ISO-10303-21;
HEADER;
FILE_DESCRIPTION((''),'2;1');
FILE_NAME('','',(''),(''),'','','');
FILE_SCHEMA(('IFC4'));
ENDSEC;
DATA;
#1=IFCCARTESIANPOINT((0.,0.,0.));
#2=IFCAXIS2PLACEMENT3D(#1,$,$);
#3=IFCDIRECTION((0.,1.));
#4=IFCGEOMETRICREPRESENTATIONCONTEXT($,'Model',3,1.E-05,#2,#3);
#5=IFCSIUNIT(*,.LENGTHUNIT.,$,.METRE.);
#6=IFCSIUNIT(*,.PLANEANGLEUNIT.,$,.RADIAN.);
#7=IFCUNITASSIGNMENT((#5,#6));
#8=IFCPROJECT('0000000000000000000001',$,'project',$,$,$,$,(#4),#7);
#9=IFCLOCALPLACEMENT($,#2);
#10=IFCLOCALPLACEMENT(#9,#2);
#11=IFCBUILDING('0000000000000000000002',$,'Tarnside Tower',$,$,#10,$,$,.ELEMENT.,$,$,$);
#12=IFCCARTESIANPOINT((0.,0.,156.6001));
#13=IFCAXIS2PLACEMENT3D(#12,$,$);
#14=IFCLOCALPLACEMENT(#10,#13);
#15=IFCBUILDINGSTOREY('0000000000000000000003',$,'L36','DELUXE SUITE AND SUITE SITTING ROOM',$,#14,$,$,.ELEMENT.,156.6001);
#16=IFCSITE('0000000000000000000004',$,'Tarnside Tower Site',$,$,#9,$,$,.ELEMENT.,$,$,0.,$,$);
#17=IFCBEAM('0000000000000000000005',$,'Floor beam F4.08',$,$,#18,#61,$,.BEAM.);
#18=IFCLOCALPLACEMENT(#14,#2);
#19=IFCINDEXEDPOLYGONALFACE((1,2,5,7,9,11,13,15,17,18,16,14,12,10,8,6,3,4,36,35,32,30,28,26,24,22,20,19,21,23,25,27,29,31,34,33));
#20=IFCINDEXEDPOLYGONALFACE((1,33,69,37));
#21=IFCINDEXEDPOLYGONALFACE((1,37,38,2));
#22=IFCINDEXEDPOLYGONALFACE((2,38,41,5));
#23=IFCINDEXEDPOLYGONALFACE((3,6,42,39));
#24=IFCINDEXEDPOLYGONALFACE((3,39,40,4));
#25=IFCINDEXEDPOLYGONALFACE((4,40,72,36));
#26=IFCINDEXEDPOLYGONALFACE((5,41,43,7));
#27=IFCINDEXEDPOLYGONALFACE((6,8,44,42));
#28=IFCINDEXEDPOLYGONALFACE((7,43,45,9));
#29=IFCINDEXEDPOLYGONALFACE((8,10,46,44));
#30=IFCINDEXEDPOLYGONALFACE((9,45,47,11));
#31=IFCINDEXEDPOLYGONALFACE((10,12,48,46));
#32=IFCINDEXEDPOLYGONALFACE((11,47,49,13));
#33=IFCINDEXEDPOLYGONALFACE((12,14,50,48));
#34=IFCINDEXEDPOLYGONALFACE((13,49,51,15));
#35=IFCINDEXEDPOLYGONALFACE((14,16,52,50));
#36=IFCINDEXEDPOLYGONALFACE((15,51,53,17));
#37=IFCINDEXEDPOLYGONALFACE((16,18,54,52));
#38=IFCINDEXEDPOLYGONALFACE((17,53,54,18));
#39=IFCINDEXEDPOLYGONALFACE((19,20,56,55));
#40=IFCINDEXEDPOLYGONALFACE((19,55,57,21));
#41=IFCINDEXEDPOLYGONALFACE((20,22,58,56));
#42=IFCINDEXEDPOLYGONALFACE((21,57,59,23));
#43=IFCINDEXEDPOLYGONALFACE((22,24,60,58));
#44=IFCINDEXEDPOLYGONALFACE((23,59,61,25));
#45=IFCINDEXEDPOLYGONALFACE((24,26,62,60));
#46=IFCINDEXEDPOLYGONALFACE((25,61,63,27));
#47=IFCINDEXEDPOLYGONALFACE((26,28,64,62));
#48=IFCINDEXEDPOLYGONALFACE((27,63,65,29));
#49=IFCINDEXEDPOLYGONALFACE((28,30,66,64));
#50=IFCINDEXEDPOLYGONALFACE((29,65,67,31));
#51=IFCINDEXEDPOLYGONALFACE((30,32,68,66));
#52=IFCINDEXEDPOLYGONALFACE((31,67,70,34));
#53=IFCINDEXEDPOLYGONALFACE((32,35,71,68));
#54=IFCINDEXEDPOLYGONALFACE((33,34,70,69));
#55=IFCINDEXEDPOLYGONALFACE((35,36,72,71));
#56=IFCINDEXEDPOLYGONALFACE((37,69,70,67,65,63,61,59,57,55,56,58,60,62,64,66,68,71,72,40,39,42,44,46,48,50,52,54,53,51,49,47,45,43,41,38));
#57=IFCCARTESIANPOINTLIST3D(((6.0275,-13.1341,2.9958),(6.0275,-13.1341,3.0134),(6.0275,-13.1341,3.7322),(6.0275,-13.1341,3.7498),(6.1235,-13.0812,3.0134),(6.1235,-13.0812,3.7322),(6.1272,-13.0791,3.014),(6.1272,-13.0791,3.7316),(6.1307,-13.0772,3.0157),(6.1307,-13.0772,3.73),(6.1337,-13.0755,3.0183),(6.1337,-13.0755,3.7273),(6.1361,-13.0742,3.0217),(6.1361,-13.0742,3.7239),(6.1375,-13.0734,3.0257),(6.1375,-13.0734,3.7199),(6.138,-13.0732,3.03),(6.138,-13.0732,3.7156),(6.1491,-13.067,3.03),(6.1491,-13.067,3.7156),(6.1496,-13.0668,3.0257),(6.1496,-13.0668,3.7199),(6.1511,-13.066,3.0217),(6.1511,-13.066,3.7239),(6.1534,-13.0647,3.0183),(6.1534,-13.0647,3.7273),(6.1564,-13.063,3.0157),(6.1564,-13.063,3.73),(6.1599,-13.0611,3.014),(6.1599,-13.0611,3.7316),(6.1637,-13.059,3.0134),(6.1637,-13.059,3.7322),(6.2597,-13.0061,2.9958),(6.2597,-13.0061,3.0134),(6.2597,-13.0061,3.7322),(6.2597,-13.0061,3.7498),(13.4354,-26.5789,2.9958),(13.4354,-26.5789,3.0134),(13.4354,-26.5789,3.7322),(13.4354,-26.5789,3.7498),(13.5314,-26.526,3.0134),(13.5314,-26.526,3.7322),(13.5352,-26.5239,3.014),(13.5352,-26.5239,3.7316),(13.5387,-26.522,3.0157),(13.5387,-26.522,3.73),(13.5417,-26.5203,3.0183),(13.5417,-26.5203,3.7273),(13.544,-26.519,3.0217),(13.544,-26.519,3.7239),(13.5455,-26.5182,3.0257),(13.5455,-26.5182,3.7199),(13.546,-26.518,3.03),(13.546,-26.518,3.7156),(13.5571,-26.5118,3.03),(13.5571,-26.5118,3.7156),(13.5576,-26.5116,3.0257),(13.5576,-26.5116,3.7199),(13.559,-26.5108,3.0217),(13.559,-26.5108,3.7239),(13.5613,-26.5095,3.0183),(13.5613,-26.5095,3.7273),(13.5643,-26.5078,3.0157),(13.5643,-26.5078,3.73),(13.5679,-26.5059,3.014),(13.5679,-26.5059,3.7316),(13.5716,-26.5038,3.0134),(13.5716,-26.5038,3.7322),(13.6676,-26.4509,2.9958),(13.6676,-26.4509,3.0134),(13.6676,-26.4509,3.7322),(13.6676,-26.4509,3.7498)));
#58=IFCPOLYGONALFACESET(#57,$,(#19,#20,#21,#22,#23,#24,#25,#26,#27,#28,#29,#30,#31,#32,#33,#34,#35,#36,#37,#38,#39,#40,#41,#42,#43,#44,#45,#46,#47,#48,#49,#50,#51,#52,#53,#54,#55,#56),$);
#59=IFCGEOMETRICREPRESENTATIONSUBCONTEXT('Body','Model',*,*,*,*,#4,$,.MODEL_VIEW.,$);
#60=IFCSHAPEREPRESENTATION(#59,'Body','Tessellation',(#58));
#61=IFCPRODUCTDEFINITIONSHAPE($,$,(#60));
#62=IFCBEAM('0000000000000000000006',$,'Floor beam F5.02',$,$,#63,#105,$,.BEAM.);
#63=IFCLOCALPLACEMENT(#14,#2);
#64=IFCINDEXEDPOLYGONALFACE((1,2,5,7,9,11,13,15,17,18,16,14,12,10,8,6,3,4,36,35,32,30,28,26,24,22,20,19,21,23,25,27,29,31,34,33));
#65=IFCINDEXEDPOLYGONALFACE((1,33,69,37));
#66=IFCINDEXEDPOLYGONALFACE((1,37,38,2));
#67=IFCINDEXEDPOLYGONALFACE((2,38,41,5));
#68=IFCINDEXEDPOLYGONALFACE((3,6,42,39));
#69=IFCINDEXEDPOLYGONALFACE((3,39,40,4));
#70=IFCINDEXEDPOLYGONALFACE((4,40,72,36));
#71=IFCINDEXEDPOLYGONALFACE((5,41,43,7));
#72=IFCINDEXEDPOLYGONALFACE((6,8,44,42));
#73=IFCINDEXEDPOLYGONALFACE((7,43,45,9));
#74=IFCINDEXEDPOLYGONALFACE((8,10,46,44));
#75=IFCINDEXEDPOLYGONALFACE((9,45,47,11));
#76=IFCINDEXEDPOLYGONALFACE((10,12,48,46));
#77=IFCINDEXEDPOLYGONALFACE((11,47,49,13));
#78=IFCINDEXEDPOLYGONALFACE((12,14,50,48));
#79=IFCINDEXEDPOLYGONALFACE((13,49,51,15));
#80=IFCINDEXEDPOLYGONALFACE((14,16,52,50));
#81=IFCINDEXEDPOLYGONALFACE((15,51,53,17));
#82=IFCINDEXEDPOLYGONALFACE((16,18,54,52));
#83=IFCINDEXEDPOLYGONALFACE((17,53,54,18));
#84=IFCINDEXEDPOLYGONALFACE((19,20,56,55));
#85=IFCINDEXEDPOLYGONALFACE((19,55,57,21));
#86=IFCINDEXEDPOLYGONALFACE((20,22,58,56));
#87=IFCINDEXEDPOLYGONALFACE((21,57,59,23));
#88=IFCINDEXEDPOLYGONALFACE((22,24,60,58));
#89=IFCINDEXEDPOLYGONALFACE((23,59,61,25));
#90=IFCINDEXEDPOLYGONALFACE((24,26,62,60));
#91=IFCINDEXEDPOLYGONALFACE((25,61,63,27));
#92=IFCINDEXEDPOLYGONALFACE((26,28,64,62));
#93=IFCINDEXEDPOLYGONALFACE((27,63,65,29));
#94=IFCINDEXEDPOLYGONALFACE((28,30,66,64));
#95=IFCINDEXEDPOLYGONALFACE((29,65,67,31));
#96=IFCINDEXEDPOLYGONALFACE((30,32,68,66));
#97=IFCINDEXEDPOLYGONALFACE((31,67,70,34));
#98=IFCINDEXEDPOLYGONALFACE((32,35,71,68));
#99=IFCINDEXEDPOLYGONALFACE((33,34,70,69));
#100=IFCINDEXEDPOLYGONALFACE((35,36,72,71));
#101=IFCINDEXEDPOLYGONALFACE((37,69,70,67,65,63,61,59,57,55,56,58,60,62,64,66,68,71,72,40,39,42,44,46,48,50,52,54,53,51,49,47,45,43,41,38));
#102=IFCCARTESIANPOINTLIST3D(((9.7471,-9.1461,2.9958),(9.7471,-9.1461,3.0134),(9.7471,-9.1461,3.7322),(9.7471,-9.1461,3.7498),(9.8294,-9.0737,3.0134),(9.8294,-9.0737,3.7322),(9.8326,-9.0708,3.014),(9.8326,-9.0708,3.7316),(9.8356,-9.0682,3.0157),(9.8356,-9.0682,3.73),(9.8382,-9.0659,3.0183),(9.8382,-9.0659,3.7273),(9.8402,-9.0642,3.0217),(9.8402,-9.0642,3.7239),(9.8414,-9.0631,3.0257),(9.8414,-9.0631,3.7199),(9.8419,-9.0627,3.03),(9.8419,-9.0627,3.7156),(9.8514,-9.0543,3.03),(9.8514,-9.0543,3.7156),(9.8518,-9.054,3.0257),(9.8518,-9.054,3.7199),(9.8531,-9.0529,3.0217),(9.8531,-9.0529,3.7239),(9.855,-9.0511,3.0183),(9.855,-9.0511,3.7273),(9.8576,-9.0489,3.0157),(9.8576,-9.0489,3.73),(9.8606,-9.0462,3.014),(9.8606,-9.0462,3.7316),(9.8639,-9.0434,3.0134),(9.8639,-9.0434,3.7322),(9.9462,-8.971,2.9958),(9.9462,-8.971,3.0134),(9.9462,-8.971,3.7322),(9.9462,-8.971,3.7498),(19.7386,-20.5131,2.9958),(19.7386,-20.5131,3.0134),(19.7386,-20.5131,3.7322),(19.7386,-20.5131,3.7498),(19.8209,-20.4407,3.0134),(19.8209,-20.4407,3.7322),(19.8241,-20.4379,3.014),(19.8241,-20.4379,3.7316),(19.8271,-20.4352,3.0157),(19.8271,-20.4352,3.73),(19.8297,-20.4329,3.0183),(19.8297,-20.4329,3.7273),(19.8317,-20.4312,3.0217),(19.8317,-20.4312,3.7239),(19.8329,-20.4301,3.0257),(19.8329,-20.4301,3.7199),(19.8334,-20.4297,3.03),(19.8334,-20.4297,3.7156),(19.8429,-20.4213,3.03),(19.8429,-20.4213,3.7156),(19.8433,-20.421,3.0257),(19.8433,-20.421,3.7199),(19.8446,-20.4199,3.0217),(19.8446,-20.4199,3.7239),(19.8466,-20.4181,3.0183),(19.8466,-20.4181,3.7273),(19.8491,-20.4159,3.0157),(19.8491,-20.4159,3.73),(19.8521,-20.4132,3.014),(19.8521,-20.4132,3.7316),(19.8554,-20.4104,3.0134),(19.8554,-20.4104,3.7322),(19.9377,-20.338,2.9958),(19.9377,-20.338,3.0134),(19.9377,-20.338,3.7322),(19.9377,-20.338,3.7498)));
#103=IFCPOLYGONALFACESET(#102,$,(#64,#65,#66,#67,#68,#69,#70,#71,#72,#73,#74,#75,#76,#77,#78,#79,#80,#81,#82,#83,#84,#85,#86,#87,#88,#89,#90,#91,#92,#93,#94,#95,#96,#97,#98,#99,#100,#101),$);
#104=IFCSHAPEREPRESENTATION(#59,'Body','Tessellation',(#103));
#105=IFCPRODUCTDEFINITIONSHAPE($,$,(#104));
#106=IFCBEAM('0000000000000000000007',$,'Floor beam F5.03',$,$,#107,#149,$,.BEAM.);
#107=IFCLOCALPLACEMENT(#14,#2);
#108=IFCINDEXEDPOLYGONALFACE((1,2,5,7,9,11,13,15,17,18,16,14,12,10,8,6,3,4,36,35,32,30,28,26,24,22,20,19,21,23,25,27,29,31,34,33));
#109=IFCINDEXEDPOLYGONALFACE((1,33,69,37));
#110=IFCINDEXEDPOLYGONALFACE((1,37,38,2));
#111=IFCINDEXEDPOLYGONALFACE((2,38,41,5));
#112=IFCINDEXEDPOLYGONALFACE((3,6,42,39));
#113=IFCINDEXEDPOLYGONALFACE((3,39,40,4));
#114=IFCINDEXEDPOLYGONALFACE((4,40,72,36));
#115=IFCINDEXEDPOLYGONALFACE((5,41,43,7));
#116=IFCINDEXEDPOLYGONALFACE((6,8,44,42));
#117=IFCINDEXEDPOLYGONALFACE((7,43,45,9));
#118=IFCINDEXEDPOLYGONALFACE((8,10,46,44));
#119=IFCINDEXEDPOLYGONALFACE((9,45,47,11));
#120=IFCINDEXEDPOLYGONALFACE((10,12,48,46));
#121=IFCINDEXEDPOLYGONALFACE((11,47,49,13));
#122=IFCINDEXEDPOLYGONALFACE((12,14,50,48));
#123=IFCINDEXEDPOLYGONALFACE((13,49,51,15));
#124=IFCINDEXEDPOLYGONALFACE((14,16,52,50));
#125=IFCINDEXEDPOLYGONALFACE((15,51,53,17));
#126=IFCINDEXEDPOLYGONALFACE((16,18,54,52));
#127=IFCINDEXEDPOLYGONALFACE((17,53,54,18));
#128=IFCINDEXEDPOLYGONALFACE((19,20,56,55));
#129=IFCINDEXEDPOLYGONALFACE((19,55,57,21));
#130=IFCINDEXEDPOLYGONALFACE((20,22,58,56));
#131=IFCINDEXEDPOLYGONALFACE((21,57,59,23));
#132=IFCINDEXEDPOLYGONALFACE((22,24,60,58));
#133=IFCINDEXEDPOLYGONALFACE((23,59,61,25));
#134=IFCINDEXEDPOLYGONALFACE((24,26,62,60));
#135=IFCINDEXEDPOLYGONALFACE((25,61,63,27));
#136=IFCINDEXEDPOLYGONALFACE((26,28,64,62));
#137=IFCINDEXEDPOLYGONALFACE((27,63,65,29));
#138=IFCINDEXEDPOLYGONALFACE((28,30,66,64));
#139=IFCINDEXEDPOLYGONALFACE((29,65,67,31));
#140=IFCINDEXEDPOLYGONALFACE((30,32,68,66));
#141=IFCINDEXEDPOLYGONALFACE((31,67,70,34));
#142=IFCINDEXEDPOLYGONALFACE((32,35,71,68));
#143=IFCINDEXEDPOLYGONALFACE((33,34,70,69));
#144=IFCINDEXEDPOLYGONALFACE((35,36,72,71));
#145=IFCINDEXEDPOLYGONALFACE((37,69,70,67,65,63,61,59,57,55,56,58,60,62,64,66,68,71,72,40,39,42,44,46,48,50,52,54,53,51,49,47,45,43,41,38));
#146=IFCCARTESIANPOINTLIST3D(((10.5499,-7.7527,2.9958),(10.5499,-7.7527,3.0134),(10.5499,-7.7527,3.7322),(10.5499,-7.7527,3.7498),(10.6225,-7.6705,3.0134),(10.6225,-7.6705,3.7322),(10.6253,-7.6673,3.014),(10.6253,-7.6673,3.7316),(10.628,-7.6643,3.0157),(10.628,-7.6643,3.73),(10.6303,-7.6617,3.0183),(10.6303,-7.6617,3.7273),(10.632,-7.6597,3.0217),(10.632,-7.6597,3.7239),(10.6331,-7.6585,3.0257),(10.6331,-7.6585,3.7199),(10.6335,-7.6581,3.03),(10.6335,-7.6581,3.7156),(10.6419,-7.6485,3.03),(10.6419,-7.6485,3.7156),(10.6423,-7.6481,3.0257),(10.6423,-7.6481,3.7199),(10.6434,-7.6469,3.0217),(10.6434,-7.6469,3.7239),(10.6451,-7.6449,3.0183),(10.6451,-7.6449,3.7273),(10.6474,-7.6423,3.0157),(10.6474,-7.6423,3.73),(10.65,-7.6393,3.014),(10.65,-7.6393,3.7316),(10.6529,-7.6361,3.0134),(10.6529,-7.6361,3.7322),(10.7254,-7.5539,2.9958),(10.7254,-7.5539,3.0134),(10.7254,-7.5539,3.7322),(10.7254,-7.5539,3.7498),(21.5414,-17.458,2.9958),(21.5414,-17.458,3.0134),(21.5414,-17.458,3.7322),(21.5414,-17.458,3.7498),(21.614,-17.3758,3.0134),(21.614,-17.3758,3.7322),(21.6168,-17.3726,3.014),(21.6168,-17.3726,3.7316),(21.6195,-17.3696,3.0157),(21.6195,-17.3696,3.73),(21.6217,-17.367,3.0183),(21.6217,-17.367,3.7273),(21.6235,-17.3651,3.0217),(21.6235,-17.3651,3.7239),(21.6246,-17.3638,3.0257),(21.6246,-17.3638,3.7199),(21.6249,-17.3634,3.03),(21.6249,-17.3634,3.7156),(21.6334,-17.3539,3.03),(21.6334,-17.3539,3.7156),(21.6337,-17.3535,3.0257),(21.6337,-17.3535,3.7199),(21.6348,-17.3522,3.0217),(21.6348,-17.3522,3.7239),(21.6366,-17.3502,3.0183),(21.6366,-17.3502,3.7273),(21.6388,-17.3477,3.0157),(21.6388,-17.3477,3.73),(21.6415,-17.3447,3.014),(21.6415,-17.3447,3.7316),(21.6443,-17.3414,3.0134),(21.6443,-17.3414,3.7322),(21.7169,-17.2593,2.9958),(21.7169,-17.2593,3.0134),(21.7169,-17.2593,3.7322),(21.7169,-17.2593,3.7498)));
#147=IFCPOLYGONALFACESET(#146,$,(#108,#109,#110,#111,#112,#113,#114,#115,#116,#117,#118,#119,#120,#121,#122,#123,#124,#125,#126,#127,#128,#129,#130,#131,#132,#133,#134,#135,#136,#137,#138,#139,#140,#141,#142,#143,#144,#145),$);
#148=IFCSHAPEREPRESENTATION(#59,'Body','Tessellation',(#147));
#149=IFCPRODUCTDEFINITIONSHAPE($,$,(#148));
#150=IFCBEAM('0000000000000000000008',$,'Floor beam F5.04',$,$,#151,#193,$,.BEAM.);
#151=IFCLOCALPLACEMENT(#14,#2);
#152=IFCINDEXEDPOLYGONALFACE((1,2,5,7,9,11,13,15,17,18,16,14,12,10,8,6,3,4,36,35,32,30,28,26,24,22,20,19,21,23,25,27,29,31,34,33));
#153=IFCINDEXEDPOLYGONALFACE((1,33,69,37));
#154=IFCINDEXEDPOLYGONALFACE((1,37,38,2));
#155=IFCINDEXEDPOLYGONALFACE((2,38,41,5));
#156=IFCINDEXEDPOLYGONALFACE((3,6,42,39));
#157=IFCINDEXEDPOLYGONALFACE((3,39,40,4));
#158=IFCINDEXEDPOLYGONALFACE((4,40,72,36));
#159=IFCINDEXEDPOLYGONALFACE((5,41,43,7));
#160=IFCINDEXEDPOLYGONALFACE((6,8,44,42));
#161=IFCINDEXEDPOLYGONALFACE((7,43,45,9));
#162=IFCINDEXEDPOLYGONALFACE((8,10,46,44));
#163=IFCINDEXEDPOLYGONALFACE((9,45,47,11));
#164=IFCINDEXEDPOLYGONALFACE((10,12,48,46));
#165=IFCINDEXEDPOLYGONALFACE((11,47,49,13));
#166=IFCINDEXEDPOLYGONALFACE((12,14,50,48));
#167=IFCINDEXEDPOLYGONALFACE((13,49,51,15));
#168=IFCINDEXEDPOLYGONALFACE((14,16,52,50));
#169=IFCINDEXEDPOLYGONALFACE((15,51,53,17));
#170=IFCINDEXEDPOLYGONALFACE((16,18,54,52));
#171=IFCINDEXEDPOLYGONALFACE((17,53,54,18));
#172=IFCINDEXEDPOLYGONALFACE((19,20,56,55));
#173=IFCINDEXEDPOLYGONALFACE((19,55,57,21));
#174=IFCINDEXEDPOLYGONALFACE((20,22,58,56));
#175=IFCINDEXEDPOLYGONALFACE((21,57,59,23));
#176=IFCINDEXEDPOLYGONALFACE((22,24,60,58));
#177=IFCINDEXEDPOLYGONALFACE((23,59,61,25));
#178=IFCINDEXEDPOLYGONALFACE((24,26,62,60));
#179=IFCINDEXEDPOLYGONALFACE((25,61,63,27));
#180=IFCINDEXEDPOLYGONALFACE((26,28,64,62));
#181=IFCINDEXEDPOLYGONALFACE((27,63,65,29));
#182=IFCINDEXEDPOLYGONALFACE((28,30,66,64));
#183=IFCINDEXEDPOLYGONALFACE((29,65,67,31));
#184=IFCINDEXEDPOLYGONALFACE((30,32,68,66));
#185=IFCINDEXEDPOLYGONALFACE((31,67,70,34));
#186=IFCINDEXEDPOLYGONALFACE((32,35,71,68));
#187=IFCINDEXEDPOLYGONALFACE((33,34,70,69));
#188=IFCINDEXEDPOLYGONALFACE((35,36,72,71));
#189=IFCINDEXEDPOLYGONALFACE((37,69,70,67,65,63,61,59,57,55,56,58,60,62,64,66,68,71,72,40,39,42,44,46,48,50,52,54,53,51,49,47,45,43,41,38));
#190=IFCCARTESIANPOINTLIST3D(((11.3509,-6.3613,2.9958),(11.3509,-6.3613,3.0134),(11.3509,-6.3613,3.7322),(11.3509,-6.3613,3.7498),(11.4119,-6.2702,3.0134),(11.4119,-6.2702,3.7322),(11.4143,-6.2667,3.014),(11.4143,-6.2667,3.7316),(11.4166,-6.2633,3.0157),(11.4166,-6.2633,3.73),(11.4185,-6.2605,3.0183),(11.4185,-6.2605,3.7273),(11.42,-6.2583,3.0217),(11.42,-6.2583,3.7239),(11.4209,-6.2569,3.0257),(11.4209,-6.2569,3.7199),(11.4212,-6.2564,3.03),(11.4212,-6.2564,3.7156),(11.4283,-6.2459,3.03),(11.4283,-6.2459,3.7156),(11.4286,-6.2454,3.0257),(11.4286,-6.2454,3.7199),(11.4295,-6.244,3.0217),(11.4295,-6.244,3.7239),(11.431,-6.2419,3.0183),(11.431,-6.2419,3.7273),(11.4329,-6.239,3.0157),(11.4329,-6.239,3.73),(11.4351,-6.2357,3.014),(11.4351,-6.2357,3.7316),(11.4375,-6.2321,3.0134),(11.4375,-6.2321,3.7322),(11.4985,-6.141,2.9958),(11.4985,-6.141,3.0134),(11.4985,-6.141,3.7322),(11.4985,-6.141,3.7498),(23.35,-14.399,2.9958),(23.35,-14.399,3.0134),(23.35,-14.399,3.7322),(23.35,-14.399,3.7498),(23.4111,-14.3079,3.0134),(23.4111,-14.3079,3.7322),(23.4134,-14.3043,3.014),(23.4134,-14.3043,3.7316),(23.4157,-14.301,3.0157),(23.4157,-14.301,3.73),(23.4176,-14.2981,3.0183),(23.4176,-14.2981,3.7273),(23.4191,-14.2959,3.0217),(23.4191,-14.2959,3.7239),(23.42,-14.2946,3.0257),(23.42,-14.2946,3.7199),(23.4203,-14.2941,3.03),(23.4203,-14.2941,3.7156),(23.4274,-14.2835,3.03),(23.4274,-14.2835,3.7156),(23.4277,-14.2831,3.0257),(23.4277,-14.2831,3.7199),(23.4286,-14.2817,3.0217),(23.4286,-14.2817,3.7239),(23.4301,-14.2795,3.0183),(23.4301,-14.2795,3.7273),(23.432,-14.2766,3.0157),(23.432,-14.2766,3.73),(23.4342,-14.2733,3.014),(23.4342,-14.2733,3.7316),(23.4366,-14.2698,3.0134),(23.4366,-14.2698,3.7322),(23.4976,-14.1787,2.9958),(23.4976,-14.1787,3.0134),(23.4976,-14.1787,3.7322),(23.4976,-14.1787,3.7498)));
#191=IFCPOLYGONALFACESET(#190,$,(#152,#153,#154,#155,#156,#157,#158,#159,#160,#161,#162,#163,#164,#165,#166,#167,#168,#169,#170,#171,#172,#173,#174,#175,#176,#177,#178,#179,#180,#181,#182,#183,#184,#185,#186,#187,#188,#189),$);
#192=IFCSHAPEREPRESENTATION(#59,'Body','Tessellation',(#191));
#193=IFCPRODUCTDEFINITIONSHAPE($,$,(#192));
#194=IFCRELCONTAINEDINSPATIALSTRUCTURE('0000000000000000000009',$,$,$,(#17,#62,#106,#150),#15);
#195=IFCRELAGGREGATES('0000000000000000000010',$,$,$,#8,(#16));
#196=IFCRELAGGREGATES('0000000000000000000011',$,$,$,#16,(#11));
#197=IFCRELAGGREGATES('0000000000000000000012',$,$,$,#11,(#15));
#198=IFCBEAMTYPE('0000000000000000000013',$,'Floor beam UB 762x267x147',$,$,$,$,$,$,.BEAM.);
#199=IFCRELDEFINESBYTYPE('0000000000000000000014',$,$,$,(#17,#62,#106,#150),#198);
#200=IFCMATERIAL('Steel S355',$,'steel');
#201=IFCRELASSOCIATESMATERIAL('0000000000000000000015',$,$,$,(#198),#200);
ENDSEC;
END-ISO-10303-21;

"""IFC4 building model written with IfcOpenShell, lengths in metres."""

from ifc_helpers import new_model, si_unit, direction, frame, origin, origin_2d, place, context, subcontext, project, spatial, i_section, extrude, material, material_profile, profile_set, type_object, element, save


model = new_model("IFC4")

# Units and contexts
model_context = context("Model", 3, precision=1e-05, world=origin(), true_north=direction((0.0, 1.0)))
body_context = subcontext(model_context, "Body", "Model", "MODEL_VIEW")
ifc_project = project(units=[si_unit("LENGTHUNIT", "METRE"), si_unit("PLANEANGLEUNIT", "RADIAN")], contexts=[model_context])

# Site, building, storey
site_placement = place(None, origin())
site = spatial("IfcSite", under=ifc_project, at=site_placement, Name="Tarnside Tower Site", CompositionType="ELEMENT", RefElevation=0.0)
building_placement = place(site_placement, origin())
building = spatial("IfcBuilding", under=site, at=building_placement, Name="Tarnside Tower", CompositionType="ELEMENT")
storey_placement = place(building_placement, frame((0.0, 0.0, 156.6001)))
storey = spatial("IfcBuildingStorey", under=building, at=storey_placement, Name="L36", Description="DELUXE SUITE AND SUITE SITTING ROOM", CompositionType="ELEMENT", Elevation=156.6001)

# Beams
ifc_material_1 = material(Name="Steel S355", Category="steel")
ifc_material_profile_1 = material_profile(ifc_material_1, i_section(OverallWidth=0.2651, OverallDepth=0.7539, WebThickness=0.0127, FlangeThickness=0.0176, FilletRadius=0.0166, at=origin_2d()), Name="UB 762x267x147")
ifc_profile_set_1 = profile_set([ifc_material_profile_1], Name="Steel S355")
beam_type_1 = type_object("IfcBeamType", Name="Floor beam UB 762x267x147", PredefinedType="BEAM", material=ifc_profile_set_1)
beam_1_placement = place(storey_placement, frame((13.5515, -26.5149, 3.3728), z_axis=(-0.482584, 0.87585, 0.0), x_axis=(-0.87585, -0.482584, 0.0)))
element("IfcBeam", 1, at=beam_1_placement, inside=storey, type_object=beam_type_1, Name="Floor beam F4.08", PredefinedType="BEAM", context=body_context, shape_type="SweptSolid", body=[
    extrude(i_section(OverallWidth=0.2651, OverallDepth=0.7539, WebThickness=0.0127, FlangeThickness=0.0176, FilletRadius=0.0166, at=origin_2d()), origin(), (0.0, 0.0, 1.0), 15.3506),
])
beam_2_placement = place(storey_placement, frame((19.8381, -20.4255, 3.3728), z_axis=(-0.660201, 0.751089, 0.0), x_axis=(-0.751089, -0.660201, 0.0)))
element("IfcBeam", 2, at=beam_2_placement, inside=storey, type_object=beam_type_1, Name="Floor beam F5.02", PredefinedType="BEAM", context=body_context, shape_type="SweptSolid", body=[
    extrude(i_section(OverallWidth=0.2651, OverallDepth=0.7539, WebThickness=0.0127, FlangeThickness=0.0176, FilletRadius=0.0166, at=origin_2d()), origin(), (0.0, 0.0, 1.0), 15.134),
])
beam_3_placement = place(storey_placement, frame((21.6292, -17.3586, 3.3728), z_axis=(-0.749602, 0.661889, 0.0), x_axis=(-0.661889, -0.749602, 0.0)))
element("IfcBeam", 3, at=beam_3_placement, inside=storey, type_object=beam_type_1, Name="Floor beam F5.03", PredefinedType="BEAM", context=body_context, shape_type="SweptSolid", body=[
    extrude(i_section(OverallWidth=0.2651, OverallDepth=0.7539, WebThickness=0.0127, FlangeThickness=0.0176, FilletRadius=0.0166, at=origin_2d()), origin(), (0.0, 0.0, 1.0), 14.6631),
])
beam_4_placement = place(storey_placement, frame((23.4238, -14.2888, 3.3728), z_axis=(-0.830826, 0.556532, 0.0), x_axis=(-0.556532, -0.830826, 0.0)))
element("IfcBeam", 4, at=beam_4_placement, inside=storey, type_object=beam_type_1, Name="Floor beam F5.04", PredefinedType="BEAM", context=body_context, shape_type="SweptSolid", body=[
    extrude(i_section(OverallWidth=0.2651, OverallDepth=0.7539, WebThickness=0.0127, FlangeThickness=0.0176, FilletRadius=0.0166, at=origin_2d()), origin(), (0.0, 0.0, 1.0), 14.4424),
])

save(model, "model.ifc")
